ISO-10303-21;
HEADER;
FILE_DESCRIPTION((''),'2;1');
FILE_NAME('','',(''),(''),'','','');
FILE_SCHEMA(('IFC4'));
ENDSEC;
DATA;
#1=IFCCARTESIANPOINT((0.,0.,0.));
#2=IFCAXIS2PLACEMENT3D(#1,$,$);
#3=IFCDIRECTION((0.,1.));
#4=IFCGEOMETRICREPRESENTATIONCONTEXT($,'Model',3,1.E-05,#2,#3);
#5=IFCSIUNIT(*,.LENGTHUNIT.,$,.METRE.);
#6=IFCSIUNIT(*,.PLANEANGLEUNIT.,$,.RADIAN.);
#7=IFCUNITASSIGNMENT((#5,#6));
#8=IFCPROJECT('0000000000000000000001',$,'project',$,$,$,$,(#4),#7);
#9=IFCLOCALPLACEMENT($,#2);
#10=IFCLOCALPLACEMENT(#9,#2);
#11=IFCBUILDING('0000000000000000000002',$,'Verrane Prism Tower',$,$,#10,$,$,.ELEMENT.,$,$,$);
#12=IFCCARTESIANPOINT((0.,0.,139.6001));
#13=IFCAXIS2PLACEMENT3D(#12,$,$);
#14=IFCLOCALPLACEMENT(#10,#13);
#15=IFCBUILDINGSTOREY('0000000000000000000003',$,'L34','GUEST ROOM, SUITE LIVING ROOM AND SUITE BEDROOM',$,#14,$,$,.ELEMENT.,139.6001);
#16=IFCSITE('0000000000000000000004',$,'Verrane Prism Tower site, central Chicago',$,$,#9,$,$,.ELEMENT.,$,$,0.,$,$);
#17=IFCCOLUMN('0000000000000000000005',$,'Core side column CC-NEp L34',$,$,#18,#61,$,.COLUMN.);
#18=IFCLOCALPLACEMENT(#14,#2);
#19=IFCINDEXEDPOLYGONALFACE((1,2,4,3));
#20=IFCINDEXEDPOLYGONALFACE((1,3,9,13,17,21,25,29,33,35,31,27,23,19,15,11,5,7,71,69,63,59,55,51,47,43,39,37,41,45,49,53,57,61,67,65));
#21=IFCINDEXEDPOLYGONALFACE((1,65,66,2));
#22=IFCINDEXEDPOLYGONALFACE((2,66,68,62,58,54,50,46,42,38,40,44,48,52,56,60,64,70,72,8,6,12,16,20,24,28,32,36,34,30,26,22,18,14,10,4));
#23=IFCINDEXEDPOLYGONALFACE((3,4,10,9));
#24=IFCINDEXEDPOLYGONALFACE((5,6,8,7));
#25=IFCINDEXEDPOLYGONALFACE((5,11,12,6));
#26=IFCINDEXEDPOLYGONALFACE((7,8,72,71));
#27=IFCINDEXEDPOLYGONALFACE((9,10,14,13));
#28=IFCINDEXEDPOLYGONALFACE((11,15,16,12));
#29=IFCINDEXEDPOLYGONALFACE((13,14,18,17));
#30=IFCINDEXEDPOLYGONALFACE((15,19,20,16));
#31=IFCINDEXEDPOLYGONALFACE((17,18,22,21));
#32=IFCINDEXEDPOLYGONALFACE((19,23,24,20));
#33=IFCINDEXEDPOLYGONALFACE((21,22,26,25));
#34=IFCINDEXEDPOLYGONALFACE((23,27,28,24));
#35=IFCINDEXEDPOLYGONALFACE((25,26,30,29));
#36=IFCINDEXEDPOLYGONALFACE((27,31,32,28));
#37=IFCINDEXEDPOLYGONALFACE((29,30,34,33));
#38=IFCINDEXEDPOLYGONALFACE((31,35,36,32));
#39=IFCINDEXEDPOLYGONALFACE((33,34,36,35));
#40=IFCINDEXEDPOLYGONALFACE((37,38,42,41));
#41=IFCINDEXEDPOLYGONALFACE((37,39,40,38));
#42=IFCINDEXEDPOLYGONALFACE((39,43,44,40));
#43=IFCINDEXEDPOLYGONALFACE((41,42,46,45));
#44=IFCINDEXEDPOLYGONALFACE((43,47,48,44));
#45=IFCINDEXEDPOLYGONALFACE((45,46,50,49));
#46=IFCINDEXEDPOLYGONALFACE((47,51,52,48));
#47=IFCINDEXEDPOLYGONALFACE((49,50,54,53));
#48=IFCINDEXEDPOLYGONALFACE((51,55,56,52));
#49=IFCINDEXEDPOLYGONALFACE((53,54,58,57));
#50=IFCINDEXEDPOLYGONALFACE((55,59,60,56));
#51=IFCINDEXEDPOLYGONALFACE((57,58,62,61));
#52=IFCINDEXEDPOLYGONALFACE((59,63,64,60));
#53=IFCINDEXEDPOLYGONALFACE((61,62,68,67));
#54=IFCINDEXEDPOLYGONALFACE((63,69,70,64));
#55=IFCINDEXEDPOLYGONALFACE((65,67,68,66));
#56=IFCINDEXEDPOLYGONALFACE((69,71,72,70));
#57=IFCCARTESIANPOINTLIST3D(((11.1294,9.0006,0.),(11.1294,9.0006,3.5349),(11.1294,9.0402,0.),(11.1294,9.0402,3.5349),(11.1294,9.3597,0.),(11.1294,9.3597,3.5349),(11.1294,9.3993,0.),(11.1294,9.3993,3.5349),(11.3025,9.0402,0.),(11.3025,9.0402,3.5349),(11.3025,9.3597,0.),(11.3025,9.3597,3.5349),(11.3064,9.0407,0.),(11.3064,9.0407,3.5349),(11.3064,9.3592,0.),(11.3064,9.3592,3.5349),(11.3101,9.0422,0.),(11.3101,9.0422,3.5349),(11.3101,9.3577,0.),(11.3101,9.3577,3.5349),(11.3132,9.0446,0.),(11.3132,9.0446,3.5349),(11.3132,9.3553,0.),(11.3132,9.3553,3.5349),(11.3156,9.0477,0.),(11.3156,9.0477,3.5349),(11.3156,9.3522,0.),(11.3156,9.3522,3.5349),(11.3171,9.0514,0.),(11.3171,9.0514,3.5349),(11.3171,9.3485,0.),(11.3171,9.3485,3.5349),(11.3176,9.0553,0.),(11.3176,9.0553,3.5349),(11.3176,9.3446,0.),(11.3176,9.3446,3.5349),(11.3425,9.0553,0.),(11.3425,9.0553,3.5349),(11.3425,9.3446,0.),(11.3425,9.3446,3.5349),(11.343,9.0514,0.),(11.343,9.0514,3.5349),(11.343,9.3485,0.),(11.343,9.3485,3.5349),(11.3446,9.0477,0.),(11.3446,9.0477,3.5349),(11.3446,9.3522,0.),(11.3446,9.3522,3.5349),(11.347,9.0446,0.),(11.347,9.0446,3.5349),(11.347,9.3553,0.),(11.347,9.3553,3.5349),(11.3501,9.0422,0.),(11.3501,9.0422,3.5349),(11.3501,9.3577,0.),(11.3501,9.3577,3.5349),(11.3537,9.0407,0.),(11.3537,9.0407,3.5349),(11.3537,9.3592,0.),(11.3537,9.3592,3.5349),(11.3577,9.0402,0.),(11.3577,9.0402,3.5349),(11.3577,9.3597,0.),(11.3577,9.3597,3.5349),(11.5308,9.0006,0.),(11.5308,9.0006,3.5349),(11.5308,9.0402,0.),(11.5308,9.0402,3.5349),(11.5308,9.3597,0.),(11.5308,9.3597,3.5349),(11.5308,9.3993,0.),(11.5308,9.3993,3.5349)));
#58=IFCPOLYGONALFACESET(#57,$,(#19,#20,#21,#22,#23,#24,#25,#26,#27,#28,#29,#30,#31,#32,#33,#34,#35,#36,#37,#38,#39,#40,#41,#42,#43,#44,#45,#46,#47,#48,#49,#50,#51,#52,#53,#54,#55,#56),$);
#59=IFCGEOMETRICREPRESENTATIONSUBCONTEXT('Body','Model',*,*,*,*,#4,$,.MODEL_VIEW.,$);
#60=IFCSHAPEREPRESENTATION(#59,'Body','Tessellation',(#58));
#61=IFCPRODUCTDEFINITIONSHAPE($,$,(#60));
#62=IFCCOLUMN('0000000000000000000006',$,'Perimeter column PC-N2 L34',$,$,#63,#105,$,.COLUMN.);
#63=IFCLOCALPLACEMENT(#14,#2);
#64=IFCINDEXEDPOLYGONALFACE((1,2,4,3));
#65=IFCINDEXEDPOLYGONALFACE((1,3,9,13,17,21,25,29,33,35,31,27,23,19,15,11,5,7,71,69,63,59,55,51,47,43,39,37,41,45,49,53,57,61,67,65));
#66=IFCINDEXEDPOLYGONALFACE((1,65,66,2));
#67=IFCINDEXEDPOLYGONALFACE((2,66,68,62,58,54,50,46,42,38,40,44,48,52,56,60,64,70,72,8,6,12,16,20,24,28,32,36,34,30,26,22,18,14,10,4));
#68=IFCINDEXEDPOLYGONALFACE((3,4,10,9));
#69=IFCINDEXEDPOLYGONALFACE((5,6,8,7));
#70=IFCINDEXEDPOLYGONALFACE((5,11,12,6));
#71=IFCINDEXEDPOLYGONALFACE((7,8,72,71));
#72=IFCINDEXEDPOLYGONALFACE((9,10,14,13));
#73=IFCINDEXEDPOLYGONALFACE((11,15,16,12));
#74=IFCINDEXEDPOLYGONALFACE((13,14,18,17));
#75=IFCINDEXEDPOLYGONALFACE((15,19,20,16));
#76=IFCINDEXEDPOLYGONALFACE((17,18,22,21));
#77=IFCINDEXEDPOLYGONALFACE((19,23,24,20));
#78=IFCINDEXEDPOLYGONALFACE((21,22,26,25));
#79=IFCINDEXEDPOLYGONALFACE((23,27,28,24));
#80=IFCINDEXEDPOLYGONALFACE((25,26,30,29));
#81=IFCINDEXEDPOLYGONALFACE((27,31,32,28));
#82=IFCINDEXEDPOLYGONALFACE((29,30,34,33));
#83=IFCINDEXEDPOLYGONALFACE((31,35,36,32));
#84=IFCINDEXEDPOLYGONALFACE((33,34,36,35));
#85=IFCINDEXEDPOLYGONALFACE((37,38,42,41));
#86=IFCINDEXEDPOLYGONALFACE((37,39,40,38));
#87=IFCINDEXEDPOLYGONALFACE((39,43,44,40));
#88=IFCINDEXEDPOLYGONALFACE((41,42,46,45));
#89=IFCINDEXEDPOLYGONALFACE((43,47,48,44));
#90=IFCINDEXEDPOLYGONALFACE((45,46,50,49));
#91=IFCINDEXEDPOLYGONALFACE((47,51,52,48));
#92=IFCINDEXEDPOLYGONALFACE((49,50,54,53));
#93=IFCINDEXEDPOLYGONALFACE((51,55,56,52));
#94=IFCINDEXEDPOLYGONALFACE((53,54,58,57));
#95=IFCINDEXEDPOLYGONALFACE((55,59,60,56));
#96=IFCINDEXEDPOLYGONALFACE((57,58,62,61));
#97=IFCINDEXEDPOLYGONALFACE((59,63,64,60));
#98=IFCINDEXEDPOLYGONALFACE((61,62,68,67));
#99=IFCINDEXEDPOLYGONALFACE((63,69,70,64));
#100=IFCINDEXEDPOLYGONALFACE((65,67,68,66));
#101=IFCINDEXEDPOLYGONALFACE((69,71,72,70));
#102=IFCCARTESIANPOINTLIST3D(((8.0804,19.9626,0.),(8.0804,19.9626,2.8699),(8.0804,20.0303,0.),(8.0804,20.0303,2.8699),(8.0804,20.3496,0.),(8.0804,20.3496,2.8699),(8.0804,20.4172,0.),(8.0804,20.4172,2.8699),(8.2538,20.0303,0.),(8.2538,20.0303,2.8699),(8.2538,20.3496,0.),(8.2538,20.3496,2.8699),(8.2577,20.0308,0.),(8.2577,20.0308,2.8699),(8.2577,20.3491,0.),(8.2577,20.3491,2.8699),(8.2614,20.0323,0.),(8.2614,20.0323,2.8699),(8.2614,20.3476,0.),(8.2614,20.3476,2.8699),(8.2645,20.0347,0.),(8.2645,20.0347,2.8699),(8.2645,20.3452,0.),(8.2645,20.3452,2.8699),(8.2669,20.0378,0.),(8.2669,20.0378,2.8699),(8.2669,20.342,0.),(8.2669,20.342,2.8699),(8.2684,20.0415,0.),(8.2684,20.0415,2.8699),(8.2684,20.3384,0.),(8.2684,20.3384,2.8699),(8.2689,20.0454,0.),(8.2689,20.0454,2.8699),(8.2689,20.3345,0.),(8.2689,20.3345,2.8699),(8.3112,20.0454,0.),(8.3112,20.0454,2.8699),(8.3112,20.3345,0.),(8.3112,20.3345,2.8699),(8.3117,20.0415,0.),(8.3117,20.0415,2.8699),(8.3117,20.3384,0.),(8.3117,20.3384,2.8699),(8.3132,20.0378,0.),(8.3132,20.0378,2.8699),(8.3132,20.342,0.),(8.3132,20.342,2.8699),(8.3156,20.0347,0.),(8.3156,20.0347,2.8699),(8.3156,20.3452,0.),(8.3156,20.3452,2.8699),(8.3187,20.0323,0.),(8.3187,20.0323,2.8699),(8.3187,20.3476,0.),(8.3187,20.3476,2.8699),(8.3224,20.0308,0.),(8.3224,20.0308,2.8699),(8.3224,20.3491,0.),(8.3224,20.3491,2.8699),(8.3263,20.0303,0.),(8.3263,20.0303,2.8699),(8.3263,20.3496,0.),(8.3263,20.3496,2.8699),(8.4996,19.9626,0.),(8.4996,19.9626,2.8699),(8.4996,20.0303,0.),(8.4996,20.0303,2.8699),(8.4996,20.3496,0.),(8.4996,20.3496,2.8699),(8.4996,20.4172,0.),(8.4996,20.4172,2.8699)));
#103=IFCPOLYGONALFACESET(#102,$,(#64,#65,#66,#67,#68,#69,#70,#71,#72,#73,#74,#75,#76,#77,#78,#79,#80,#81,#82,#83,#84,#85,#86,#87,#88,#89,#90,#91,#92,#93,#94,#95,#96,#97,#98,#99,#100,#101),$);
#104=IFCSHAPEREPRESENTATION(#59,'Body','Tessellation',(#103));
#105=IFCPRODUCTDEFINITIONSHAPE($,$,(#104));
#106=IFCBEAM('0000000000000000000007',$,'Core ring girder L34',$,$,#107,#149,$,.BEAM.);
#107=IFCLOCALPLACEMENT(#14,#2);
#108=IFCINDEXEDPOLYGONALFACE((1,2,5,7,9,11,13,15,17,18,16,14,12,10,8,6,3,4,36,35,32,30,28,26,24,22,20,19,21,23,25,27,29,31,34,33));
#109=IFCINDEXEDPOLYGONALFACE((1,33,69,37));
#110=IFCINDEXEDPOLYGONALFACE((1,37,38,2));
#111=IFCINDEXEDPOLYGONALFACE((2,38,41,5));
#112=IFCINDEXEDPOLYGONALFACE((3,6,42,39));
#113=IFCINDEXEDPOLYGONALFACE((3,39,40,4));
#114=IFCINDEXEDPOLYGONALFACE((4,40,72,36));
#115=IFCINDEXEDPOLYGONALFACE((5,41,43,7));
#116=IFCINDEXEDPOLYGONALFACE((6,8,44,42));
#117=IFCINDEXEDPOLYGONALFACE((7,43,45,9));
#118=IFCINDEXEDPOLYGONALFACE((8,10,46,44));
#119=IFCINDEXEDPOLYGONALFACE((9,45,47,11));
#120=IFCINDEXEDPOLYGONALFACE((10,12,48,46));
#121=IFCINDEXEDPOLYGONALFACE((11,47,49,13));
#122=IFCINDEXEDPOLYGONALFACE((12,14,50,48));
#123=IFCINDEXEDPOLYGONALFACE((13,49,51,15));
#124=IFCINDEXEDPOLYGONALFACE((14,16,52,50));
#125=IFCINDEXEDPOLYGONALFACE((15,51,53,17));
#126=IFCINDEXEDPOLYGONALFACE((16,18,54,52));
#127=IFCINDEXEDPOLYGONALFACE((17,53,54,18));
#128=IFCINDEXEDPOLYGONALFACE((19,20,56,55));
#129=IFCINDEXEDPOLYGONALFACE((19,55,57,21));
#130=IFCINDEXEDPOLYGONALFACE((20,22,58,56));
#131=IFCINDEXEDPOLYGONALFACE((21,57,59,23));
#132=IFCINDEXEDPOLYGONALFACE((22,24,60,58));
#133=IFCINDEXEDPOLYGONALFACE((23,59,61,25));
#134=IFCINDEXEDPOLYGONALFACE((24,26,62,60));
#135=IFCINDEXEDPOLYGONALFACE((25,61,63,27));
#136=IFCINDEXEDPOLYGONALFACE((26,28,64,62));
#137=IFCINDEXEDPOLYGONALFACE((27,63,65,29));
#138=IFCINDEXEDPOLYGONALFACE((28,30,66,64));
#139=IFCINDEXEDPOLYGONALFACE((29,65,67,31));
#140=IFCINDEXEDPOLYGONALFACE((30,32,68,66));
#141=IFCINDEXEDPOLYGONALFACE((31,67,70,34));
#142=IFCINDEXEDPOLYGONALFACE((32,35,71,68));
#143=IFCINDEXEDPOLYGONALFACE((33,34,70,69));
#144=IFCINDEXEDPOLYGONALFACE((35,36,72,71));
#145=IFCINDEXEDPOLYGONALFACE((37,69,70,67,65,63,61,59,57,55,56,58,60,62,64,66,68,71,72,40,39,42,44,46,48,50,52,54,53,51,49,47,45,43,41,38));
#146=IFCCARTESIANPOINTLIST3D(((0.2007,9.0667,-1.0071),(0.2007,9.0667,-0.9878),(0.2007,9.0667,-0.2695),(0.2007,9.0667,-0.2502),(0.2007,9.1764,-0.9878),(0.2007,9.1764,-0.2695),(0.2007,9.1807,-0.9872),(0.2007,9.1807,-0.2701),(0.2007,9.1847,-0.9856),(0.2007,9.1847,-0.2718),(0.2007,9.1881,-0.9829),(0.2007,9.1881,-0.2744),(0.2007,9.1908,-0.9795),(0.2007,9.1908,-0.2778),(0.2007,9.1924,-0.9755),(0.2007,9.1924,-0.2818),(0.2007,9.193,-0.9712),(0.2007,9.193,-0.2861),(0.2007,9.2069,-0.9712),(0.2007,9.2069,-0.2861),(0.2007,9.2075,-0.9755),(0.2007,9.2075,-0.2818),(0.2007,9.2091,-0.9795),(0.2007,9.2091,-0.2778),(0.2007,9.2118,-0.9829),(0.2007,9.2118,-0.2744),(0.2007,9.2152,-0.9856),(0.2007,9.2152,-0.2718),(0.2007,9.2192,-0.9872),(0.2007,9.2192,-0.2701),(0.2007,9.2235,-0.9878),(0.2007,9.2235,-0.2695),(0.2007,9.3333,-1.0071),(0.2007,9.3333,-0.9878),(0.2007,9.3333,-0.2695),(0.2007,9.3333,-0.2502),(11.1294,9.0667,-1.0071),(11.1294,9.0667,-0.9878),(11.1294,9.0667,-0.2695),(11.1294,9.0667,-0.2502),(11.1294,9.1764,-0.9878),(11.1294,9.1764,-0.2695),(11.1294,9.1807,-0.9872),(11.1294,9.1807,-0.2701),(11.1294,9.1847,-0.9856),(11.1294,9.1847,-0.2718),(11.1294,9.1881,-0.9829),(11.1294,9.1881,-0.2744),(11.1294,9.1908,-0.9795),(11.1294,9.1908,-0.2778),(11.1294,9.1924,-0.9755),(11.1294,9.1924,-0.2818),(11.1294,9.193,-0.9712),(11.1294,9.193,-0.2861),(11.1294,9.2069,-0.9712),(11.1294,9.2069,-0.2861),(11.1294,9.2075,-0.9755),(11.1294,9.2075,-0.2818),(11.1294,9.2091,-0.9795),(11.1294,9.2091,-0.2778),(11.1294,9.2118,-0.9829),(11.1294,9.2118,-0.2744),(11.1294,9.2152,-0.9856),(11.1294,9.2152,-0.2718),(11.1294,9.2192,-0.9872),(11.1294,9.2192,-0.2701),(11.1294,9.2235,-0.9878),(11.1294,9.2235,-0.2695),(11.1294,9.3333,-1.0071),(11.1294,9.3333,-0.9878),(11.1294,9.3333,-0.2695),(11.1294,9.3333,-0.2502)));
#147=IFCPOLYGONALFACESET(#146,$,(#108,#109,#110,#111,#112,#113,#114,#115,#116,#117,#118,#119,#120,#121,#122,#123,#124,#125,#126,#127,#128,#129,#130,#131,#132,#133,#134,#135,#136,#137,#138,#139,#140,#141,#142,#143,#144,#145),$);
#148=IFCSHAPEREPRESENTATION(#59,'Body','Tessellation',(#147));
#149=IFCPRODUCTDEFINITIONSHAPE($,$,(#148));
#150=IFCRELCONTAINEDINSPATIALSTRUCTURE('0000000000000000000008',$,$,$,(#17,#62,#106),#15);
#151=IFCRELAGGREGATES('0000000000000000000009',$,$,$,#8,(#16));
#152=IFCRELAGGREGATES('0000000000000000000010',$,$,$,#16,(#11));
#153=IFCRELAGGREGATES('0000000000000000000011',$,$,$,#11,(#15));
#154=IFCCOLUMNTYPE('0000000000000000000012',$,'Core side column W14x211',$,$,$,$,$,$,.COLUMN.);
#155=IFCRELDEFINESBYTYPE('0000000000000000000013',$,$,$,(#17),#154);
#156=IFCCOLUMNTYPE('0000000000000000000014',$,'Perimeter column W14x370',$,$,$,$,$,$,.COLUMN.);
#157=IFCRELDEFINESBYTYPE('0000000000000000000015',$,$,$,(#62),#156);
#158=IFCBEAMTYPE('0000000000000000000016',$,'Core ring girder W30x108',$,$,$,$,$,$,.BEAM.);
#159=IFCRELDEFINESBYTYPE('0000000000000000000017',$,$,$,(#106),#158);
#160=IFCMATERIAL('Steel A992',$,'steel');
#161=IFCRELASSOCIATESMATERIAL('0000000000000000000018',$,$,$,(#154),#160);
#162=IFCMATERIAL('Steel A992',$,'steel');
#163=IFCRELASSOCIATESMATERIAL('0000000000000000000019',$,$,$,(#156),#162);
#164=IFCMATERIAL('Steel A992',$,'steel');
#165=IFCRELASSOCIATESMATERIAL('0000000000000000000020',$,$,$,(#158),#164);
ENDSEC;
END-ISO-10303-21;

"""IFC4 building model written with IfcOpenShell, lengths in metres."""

from ifc_helpers import new_model, si_unit, direction, frame, origin, origin_2d, place, context, subcontext, project, spatial, i_section, extrude, material, material_profile, profile_set, type_object, element, save


model = new_model("IFC4")

# Units and contexts
model_context = context("Model", 3, precision=1e-05, world=origin(), true_north=direction((0.0, 1.0)))
body_context = subcontext(model_context, "Body", "Model", "MODEL_VIEW")
ifc_project = project(units=[si_unit("LENGTHUNIT", "METRE"), si_unit("PLANEANGLEUNIT", "RADIAN")], contexts=[model_context])

# Site, building, storey
site_placement = place(None, origin())
site = spatial("IfcSite", under=ifc_project, at=site_placement, Name="Verrane Prism Tower site, central Chicago", CompositionType="ELEMENT", RefElevation=0.0)
building_placement = place(site_placement, origin())
building = spatial("IfcBuilding", under=site, at=building_placement, Name="Verrane Prism Tower", CompositionType="ELEMENT")
storey_placement = place(building_placement, frame((0.0, 0.0, 139.6001)))
storey = spatial("IfcBuildingStorey", under=building, at=storey_placement, Name="L34", Description="GUEST ROOM, SUITE LIVING ROOM AND SUITE BEDROOM", CompositionType="ELEMENT", Elevation=139.6001)

# Columns
ifc_material_1 = material(Name="Steel A992", Category="steel")
ifc_material_profile_1 = material_profile(ifc_material_1, i_section(OverallWidth=0.4014, OverallDepth=0.3987, WebThickness=0.0249, FlangeThickness=0.0396, FilletRadius=0.0151, at=origin_2d()), Name="W14x211")
ifc_profile_set_1 = profile_set([ifc_material_profile_1], Name="Steel A992")
column_type_1 = type_object("IfcColumnType", Name="Core side column W14x211", PredefinedType="COLUMN", material=ifc_profile_set_1)
column_1_placement = place(storey_placement, frame((11.3301, 9.2, 0.0), z_axis=(0.0, 0.0, 1.0), x_axis=(1.0, 0.0, 0.0)))
element("IfcColumn", 1, at=column_1_placement, inside=storey, type_object=column_type_1, Name="Core side column CC-NEp L34", PredefinedType="COLUMN", context=body_context, shape_type="SweptSolid", body=[
    extrude(i_section(OverallWidth=0.4014, OverallDepth=0.3987, WebThickness=0.0249, FlangeThickness=0.0396, FilletRadius=0.0151, at=origin_2d()), origin(), (0.0, 0.0, 1.0), 3.5349),
])
ifc_material_2 = material(Name="Steel A992", Category="steel")
ifc_material_profile_2 = material_profile(ifc_material_2, i_section(OverallWidth=0.4192, OverallDepth=0.4546, WebThickness=0.0422, FlangeThickness=0.0676, FilletRadius=0.0151, at=origin_2d()), Name="W14x370")
ifc_profile_set_2 = profile_set([ifc_material_profile_2], Name="Steel A992")
column_type_2 = type_object("IfcColumnType", Name="Perimeter column W14x370", PredefinedType="COLUMN", material=ifc_profile_set_2)
column_2_placement = place(storey_placement, frame((8.29, 20.1899, 0.0), z_axis=(0.0, 0.0, 1.0), x_axis=(1.0, 0.0, 0.0)))
element("IfcColumn", 2, at=column_2_placement, inside=storey, type_object=column_type_2, Name="Perimeter column PC-N2 L34", PredefinedType="COLUMN", context=body_context, shape_type="SweptSolid", body=[
    extrude(i_section(OverallWidth=0.4192, OverallDepth=0.4546, WebThickness=0.0422, FlangeThickness=0.0676, FilletRadius=0.0151, at=origin_2d()), origin(), (0.0, 0.0, 1.0), 2.8699),
])

# Beam
ifc_material_3 = material(Name="Steel A992", Category="steel")
ifc_material_profile_3 = material_profile(ifc_material_3, i_section(OverallWidth=0.2666, OverallDepth=0.7568, WebThickness=0.0139, FlangeThickness=0.0193, FilletRadius=0.0166, at=origin_2d()), Name="W30x108")
ifc_profile_set_3 = profile_set([ifc_material_profile_3], Name="Steel A992")
beam_type_1 = type_object("IfcBeamType", Name="Core ring girder W30x108", PredefinedType="BEAM", material=ifc_profile_set_3)
beam_1_placement = place(storey_placement, frame((11.1294, 9.2, -0.6287), z_axis=(-1.0, 0.0, 0.0), x_axis=(0.0, -1.0, 0.0)))
element("IfcBeam", 3, at=beam_1_placement, inside=storey, type_object=beam_type_1, Name="Core ring girder L34", PredefinedType="BEAM", context=body_context, shape_type="SweptSolid", body=[
    extrude(i_section(OverallWidth=0.2666, OverallDepth=0.7568, WebThickness=0.0139, FlangeThickness=0.0193, FilletRadius=0.0166, at=origin_2d()), origin(), (0.0, 0.0, 1.0), 10.9287),
])

save(model, "model.ifc")
